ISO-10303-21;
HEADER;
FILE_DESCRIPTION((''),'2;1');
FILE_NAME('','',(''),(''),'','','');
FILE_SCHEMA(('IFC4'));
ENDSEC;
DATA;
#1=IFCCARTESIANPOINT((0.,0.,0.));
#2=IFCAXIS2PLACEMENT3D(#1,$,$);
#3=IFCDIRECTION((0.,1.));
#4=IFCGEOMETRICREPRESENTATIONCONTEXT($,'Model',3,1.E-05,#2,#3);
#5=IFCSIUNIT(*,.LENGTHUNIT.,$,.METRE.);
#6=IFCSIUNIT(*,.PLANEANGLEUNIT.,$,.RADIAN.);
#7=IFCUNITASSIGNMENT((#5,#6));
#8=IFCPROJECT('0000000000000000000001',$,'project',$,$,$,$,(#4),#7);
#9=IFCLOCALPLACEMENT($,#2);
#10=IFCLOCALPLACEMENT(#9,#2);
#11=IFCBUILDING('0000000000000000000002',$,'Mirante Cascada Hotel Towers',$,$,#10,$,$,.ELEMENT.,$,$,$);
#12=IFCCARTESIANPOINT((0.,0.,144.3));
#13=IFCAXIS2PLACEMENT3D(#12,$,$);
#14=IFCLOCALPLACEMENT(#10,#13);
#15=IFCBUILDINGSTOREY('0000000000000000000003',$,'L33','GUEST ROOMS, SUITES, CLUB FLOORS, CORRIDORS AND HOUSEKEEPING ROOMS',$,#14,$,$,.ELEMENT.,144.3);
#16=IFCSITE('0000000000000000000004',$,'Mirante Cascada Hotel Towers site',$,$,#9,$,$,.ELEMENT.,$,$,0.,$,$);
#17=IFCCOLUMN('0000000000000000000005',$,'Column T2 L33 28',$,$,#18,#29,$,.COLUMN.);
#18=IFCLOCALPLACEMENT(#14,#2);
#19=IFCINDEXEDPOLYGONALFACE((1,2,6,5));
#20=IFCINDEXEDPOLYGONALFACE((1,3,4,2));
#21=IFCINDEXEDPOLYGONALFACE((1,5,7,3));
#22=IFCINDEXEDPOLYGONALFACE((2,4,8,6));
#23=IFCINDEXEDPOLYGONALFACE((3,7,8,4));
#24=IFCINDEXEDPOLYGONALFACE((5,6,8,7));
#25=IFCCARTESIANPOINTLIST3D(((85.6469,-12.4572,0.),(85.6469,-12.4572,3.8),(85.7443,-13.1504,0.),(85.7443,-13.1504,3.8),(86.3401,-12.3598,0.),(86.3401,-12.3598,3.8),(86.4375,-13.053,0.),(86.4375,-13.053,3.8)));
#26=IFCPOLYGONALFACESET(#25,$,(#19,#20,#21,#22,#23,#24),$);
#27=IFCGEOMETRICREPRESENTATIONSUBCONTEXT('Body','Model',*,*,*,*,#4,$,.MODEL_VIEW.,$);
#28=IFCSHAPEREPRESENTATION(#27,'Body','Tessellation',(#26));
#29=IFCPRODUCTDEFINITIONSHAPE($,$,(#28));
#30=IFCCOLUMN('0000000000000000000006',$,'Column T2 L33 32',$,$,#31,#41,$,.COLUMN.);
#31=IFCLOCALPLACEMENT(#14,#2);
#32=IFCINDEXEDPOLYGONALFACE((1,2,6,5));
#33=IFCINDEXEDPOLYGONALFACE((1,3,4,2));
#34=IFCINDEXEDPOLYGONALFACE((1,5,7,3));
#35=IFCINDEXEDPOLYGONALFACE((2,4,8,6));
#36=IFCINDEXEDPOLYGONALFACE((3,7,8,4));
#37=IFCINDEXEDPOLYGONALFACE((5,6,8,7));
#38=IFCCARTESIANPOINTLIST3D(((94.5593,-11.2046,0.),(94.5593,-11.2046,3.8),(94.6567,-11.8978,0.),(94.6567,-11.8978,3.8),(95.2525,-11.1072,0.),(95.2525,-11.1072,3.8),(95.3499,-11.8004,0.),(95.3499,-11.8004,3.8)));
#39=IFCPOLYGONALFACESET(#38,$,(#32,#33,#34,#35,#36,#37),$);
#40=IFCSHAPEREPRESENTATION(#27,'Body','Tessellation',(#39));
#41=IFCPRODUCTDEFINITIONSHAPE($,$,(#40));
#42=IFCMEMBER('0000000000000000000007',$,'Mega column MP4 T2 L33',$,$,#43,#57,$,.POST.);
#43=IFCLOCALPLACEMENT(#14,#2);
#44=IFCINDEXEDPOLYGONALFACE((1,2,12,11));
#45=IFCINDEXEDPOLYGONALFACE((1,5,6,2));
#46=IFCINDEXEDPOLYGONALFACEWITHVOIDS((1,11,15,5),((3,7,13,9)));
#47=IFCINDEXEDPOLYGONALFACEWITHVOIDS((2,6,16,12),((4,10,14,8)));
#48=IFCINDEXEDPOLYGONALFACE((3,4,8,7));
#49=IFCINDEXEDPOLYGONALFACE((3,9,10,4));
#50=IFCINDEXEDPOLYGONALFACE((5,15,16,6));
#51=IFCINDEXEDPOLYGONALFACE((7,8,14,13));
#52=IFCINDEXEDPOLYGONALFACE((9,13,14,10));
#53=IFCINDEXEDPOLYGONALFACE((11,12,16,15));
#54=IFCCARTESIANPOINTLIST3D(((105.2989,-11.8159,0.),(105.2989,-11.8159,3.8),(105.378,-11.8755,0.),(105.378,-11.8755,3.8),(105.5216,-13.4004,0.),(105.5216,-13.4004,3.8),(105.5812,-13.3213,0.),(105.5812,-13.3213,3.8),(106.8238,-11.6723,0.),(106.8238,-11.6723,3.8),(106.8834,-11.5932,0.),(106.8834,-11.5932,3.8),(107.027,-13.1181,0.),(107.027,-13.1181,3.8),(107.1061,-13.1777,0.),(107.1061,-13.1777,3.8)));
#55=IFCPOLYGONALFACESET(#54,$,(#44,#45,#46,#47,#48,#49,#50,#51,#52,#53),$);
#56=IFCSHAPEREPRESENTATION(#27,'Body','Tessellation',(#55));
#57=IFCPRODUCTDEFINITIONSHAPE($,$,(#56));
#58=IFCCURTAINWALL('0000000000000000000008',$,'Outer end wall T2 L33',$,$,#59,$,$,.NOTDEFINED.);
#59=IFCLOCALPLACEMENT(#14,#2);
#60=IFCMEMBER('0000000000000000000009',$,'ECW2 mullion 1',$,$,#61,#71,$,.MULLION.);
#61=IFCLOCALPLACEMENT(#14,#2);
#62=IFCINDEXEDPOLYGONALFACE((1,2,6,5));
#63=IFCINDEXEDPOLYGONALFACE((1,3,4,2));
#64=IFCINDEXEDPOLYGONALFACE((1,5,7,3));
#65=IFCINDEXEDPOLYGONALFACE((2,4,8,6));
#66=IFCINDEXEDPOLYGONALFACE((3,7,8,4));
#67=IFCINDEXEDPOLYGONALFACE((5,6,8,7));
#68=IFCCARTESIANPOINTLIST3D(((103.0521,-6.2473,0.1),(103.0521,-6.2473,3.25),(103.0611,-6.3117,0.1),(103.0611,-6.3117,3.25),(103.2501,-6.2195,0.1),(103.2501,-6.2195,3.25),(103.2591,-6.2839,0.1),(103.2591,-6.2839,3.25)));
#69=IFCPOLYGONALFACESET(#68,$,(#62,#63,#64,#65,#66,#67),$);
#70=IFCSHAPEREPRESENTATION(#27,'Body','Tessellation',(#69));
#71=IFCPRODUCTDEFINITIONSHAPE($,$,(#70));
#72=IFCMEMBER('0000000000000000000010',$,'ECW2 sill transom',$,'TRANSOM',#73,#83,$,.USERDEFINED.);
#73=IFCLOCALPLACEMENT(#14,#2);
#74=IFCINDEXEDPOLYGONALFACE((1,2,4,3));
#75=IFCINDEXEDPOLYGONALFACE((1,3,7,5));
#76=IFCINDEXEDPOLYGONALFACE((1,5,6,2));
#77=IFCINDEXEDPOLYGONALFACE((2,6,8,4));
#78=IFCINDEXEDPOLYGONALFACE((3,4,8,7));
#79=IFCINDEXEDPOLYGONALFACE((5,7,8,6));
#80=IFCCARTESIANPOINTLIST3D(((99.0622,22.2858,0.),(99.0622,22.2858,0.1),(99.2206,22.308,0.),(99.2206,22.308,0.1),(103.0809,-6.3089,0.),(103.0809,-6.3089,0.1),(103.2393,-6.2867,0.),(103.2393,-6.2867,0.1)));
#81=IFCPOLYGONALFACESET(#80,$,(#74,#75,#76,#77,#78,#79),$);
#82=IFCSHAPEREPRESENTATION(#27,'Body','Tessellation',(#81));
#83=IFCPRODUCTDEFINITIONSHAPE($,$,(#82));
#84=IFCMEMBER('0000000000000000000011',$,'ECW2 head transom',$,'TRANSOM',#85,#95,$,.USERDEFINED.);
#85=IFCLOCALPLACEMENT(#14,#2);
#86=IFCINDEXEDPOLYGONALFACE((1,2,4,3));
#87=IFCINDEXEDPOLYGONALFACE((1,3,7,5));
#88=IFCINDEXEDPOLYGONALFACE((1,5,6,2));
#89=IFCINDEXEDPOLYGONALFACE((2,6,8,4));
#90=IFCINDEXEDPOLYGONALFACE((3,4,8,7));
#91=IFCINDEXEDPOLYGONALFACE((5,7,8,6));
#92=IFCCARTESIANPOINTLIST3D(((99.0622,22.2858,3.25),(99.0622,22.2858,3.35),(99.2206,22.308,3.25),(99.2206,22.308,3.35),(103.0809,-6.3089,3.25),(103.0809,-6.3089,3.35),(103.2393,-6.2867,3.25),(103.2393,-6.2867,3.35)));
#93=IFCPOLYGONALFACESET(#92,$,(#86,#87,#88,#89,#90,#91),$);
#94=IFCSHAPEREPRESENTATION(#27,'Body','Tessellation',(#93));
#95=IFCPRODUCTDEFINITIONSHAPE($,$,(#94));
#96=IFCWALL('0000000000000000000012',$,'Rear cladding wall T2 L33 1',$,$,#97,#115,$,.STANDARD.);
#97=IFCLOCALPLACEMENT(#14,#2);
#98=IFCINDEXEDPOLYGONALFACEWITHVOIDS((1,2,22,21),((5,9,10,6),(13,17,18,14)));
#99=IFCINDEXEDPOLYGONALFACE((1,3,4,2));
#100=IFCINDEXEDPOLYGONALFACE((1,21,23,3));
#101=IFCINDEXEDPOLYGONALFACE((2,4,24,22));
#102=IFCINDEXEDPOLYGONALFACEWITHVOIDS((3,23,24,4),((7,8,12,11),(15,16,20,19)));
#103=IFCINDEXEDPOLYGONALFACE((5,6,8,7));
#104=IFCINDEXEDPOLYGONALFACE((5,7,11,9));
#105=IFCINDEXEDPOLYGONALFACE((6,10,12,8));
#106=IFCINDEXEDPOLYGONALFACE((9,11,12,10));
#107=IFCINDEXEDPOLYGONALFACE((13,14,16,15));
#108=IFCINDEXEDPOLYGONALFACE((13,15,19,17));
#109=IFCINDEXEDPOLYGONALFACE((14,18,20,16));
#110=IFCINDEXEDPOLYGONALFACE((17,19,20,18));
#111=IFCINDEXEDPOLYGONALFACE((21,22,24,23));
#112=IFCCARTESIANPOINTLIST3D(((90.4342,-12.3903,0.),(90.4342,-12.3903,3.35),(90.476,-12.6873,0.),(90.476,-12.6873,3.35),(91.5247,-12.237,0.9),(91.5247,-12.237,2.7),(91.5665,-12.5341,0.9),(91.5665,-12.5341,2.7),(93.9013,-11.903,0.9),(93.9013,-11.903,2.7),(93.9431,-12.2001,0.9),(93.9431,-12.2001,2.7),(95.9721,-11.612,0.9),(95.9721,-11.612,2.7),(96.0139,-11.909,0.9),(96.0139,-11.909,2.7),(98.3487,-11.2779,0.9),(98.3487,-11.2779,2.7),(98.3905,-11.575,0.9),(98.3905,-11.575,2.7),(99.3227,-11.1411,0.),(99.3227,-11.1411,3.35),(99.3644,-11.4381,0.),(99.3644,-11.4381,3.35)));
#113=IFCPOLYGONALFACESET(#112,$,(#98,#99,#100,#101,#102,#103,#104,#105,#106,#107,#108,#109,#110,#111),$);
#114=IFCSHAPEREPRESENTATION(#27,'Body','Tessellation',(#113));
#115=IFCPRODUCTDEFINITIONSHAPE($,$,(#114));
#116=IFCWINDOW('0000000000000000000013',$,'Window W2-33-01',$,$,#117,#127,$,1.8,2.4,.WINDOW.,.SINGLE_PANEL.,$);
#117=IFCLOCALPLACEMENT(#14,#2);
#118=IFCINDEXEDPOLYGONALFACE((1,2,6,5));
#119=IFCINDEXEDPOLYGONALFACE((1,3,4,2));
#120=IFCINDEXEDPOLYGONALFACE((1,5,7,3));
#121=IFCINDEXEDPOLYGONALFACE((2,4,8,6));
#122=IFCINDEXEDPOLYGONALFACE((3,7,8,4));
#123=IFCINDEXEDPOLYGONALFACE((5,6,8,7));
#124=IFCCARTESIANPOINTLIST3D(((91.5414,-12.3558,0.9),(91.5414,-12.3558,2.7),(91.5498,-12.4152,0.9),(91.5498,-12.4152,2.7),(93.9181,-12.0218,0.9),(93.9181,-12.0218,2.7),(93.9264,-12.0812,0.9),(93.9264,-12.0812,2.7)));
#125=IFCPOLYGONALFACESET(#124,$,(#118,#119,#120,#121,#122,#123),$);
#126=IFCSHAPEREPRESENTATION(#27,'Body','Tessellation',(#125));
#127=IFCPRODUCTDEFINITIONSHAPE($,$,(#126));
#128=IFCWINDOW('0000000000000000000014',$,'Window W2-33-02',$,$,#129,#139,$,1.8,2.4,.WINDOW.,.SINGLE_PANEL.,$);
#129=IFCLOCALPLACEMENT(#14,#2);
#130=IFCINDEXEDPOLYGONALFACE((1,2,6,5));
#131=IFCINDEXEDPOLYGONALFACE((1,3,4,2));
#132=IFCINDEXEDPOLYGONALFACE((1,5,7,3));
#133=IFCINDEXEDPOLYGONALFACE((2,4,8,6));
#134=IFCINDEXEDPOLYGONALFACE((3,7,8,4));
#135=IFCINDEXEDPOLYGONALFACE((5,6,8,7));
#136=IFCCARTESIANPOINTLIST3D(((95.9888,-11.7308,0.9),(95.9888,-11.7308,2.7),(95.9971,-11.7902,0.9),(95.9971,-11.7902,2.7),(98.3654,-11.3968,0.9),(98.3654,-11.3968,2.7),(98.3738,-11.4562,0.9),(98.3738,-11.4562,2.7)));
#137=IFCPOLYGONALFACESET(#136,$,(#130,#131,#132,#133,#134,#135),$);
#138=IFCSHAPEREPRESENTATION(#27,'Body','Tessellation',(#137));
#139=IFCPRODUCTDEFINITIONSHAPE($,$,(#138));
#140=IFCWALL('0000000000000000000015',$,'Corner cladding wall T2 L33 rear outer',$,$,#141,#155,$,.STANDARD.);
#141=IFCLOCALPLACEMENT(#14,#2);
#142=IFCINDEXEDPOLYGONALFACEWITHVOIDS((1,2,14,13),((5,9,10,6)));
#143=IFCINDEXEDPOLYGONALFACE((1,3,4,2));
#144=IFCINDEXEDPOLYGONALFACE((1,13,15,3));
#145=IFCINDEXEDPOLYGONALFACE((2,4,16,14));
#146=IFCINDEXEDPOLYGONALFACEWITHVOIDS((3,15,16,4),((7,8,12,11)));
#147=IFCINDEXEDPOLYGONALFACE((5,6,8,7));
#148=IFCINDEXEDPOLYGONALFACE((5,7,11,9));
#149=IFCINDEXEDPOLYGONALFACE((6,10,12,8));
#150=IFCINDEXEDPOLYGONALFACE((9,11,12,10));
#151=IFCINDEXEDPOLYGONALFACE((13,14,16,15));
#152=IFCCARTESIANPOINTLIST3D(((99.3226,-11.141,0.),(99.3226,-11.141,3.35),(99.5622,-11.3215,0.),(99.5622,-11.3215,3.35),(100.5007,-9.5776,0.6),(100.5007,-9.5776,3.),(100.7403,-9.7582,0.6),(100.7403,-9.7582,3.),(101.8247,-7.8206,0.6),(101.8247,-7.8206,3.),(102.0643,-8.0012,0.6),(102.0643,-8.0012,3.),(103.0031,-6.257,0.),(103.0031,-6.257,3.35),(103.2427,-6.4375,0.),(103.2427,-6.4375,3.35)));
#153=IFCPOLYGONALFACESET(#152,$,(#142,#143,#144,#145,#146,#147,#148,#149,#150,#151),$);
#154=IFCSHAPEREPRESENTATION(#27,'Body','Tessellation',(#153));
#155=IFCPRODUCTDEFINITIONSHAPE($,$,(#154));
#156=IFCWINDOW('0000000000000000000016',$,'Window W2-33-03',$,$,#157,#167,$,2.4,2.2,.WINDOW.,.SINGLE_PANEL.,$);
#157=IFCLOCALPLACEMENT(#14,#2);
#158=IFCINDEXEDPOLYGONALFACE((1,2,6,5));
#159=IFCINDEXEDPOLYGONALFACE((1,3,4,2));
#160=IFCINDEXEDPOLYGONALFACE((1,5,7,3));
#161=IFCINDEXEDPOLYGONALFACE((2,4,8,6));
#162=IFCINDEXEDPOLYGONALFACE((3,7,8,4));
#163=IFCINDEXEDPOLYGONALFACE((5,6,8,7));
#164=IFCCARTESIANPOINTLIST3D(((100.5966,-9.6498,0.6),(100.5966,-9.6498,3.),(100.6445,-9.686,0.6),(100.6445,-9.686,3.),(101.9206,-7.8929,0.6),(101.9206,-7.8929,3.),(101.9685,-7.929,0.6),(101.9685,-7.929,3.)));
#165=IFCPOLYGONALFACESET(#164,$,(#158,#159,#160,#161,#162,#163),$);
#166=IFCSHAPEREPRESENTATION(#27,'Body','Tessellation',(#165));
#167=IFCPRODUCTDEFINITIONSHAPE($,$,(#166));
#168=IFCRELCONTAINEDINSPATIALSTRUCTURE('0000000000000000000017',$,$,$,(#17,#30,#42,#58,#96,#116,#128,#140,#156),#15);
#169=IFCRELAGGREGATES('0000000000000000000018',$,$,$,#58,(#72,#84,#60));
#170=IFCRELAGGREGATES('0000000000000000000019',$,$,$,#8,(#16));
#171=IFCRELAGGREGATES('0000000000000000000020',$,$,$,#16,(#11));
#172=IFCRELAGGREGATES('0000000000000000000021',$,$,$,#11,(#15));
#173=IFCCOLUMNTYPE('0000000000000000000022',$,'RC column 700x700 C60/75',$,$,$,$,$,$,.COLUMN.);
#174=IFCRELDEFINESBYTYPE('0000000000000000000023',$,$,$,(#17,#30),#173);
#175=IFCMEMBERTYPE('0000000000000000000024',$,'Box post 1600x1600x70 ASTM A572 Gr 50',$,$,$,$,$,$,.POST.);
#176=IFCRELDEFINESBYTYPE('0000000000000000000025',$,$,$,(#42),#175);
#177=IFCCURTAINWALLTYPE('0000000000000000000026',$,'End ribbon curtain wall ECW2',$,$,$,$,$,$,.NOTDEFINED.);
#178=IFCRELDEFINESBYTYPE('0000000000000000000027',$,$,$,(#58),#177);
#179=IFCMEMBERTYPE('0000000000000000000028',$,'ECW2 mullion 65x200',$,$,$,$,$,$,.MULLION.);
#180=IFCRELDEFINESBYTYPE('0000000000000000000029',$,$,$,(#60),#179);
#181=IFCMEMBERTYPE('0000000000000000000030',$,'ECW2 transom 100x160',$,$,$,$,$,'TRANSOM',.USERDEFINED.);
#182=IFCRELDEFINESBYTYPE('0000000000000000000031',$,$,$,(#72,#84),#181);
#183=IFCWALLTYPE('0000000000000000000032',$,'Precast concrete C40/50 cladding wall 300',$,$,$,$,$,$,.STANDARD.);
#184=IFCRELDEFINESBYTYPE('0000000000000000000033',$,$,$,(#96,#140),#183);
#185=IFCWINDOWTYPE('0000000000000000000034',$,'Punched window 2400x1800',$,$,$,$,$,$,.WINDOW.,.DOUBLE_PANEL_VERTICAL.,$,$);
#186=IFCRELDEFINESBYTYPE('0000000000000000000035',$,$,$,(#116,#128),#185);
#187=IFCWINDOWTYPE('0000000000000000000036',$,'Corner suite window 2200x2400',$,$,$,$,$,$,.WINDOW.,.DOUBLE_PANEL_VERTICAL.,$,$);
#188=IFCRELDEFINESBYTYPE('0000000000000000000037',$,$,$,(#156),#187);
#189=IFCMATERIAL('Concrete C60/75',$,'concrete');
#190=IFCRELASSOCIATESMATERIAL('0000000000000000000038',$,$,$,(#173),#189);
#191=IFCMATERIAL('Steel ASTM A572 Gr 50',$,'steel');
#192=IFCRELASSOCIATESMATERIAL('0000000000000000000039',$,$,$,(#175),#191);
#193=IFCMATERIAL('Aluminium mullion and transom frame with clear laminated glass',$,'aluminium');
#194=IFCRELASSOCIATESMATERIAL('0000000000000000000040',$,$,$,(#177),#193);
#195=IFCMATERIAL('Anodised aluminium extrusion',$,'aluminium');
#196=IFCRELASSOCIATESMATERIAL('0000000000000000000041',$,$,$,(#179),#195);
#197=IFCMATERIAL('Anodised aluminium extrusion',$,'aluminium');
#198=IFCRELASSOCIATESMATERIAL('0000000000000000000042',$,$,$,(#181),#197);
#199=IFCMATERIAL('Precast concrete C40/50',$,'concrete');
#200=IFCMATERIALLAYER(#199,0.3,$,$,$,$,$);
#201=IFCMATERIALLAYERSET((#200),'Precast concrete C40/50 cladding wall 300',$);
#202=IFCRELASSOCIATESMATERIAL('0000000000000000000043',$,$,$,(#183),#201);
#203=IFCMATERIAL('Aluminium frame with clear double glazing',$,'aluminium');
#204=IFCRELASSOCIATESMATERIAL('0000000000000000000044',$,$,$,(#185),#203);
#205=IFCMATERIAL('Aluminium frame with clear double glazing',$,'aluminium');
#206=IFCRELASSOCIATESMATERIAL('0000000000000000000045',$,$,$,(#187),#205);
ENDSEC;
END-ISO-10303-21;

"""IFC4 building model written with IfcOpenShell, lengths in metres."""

from ifc_helpers import new_model, si_unit, direction, frame, frame_2d, origin, origin_2d, place, context, subcontext, project, spatial, rectangle, hollow_rectangle, extrude, material, layer, layer_set, material_profile, profile_set, type_object, element, fill, aggregate, save


model = new_model("IFC4")

# Units and contexts
model_context = context("Model", 3, precision=1e-05, world=origin(), true_north=direction((0.0, 1.0)))
body_context = subcontext(model_context, "Body", "Model", "MODEL_VIEW")
ifc_project = project(units=[si_unit("LENGTHUNIT", "METRE"), si_unit("PLANEANGLEUNIT", "RADIAN")], contexts=[model_context])

# Site, building, storey
site_placement = place(None, origin())
site = spatial("IfcSite", under=ifc_project, at=site_placement, Name="Mirante Cascada Hotel Towers site", CompositionType="ELEMENT", RefElevation=0.0)
building_placement = place(site_placement, origin())
building = spatial("IfcBuilding", under=site, at=building_placement, Name="Mirante Cascada Hotel Towers", CompositionType="ELEMENT")
storey_placement = place(building_placement, frame((0.0, 0.0, 144.3)))
storey = spatial("IfcBuildingStorey", under=building, at=storey_placement, Name="L33", Description="GUEST ROOMS, SUITES, CLUB FLOORS, CORRIDORS AND HOUSEKEEPING ROOMS", CompositionType="ELEMENT", Elevation=144.3)

# Columns
ifc_material_1 = material(Name="Concrete C60/75", Category="concrete")
ifc_material_profile_1 = material_profile(ifc_material_1, rectangle(XDim=0.7, YDim=0.7, at=origin_2d()), Name="RC column 700x700 C60/75")
ifc_profile_set_1 = profile_set([ifc_material_profile_1], Name="Concrete C60/75")
column_type = type_object("IfcColumnType", Name="RC column 700x700 C60/75", PredefinedType="COLUMN", material=ifc_profile_set_1)
for number, where, z_axis, x_axis, name in (
    (1, (86.0422, -12.7551, 0.0), (0.0, 0.0, 1.0), (0.990268, 0.139173, 0.0), "Column T2 L33 28"),
    (2, (94.9546, -11.5025, 0.0), (0.0, 0.0, 1.0), (0.990268, 0.139173, 0.0), "Column T2 L33 32"),
):
    element("IfcColumn", number, at=place(storey_placement, frame(where, z_axis=z_axis, x_axis=x_axis)), inside=storey, type_object=column_type, Name=name, PredefinedType="COLUMN", context=body_context, shape_type="SweptSolid", body=[
        extrude(rectangle(XDim=0.7, YDim=0.7, at=origin_2d()), origin(), (0.0, 0.0, 1.0), 3.8),
    ])

# Member
ifc_material_2 = material(Name="Steel ASTM A572 Gr 50", Category="steel")
ifc_material_profile_2 = material_profile(ifc_material_2, hollow_rectangle(XDim=1.6, YDim=1.6, WallThickness=0.07, at=origin_2d()), Name="Box post 1600x1600x70 ASTM A572 Gr 50")
ifc_profile_set_2 = profile_set([ifc_material_profile_2], Name="Steel ASTM A572 Gr 50")
member_type_1 = type_object("IfcMemberType", Name="Box post 1600x1600x70 ASTM A572 Gr 50", PredefinedType="POST", material=ifc_profile_set_2)
member_1_placement = place(storey_placement, frame((106.2025, -12.4968, 0.0), z_axis=(0.0, 0.0, 1.0), x_axis=(0.990268, 0.139173, 0.0)))
element("IfcMember", 3, at=member_1_placement, inside=storey, type_object=member_type_1, Name="Mega column MP4 T2 L33", PredefinedType="POST", context=body_context, shape_type="SweptSolid", body=[
    extrude(hollow_rectangle(XDim=1.6, YDim=1.6, WallThickness=0.07, at=origin_2d()), origin(), (0.0, 0.0, 1.0), 3.8),
])

# Curtain wall, members
ifc_material_3 = material(Name="Aluminium mullion and transom frame with clear laminated glass", Category="aluminium")
curtain_wall_type = type_object("IfcCurtainWallType", Name="End ribbon curtain wall ECW2", PredefinedType="NOTDEFINED", material=ifc_material_3)
curtain_wall_placement = place(storey_placement, origin())
curtain_wall = element("IfcCurtainWall", 4, at=curtain_wall_placement, inside=storey, type_object=curtain_wall_type, Name="Outer end wall T2 L33", PredefinedType="NOTDEFINED")
ifc_material_4 = material(Name="Anodised aluminium extrusion", Category="aluminium")
ifc_material_profile_3 = material_profile(ifc_material_4, rectangle(XDim=0.2, YDim=0.065, at=origin_2d()), Name="ECW2 MULLION 65x200")
ifc_profile_set_3 = profile_set([ifc_material_profile_3], Name="Anodised aluminium extrusion")
member_type_2 = type_object("IfcMemberType", Name="ECW2 mullion 65x200", PredefinedType="MULLION", material=ifc_profile_set_3)
member_2_placement = place(storey_placement, frame((103.1556, -6.2656, 0.1), z_axis=(0.0, 0.0, 1.0), x_axis=(-0.990268, -0.139173, 0.0)))
member_2 = element("IfcMember", 5, at=member_2_placement, type_object=member_type_2, Name="ECW2 mullion 1", PredefinedType="MULLION", context=body_context, shape_type="SweptSolid", body=[
    extrude(rectangle(XDim=0.2, YDim=0.065, at=origin_2d()), origin(), (0.0, 0.0, 1.0), 3.15),
])
ifc_material_5 = material(Name="Anodised aluminium extrusion", Category="aluminium")
ifc_material_profile_4 = material_profile(ifc_material_5, rectangle(XDim=0.16, YDim=0.1, at=origin_2d()), Name="ECW2 TRANSOM 100x160")
ifc_profile_set_4 = profile_set([ifc_material_profile_4], Name="Anodised aluminium extrusion")
member_type_3 = type_object("IfcMemberType", Name="ECW2 transom 100x160", ElementType="TRANSOM", PredefinedType="USERDEFINED", material=ifc_profile_set_4)
member_3_placement = place(storey_placement, frame((103.1601, -6.2978, 0.05), z_axis=(-0.139172, 0.990268, 0.0), x_axis=(-0.990268, -0.139172, 0.0)))
member_3 = element("IfcMember", 6, at=member_3_placement, type_object=member_type_3, Name="ECW2 sill transom", ObjectType="TRANSOM", PredefinedType="USERDEFINED", context=body_context, shape_type="SweptSolid", body=[
    extrude(rectangle(XDim=0.16, YDim=0.1, at=origin_2d()), origin(), (0.0, 0.0, 1.0), 28.8757),
])
member_4_placement = place(storey_placement, frame((103.1601, -6.2978, 3.3), z_axis=(-0.139172, 0.990268, 0.0), x_axis=(-0.990268, -0.139172, 0.0)))
member_4 = element("IfcMember", 7, at=member_4_placement, type_object=member_type_3, Name="ECW2 head transom", ObjectType="TRANSOM", PredefinedType="USERDEFINED", context=body_context, shape_type="SweptSolid", body=[
    extrude(rectangle(XDim=0.16, YDim=0.1, at=origin_2d()), origin(), (0.0, 0.0, 1.0), 28.8757),
])
aggregate(curtain_wall, [member_3, member_4, member_2])

# Wall, openings, windows
ifc_material_6 = material(Name="Precast concrete C40/50", Category="concrete")
ifc_layer_1 = layer(ifc_material_6, 0.3)
ifc_layer_set_1 = layer_set([ifc_layer_1], Name="Precast concrete C40/50 cladding wall 300")
wall_type_1 = type_object("IfcWallType", Name="Precast concrete C40/50 cladding wall 300", PredefinedType="STANDARD", material=ifc_layer_set_1)
wall_1_placement = place(storey_placement, frame((90.4551, -12.5388, 0.0), z_axis=(0.0, 0.0, 1.0), x_axis=(0.990268, 0.139175, 0.0)))
wall_1 = element("IfcWall", 8, at=wall_1_placement, inside=storey, type_object=wall_type_1, Name="Rear cladding wall T2 L33 1", PredefinedType="STANDARD", context=body_context, shape_type="SweptSolid", body=[
    extrude(rectangle(XDim=8.9758, YDim=0.3, at=frame_2d((4.4879, 0.0))), origin(), (0.0, 0.0, 1.0), 3.35),
])
opening_1_placement = place(wall_1_placement, frame((1.1012, 0.0, 0.9)))
opening_1 = element("IfcOpeningElement", 9, at=opening_1_placement, cuts=wall_1, PredefinedType="OPENING", context=body_context, shape_type="SweptSolid", body=[
    extrude(rectangle(XDim=2.4, YDim=1.8, at=frame_2d((1.2, 0.9))), frame((0.0, 0.15, 0.0), z_axis=(0.0, -1.0, 0.0), x_axis=(1.0, 0.0, 0.0)), (0.0, 0.0, 1.0), 0.3),
])
opening_2_placement = place(wall_1_placement, frame((5.5923, 0.0, 0.9)))
opening_2 = element("IfcOpeningElement", 10, at=opening_2_placement, cuts=wall_1, PredefinedType="OPENING", context=body_context, shape_type="SweptSolid", body=[
    extrude(rectangle(XDim=2.4, YDim=1.8, at=frame_2d((1.2, 0.9))), frame((0.0, 0.15, 0.0), z_axis=(0.0, -1.0, 0.0), x_axis=(1.0, 0.0, 0.0)), (0.0, 0.0, 1.0), 0.3),
])
ifc_material_7 = material(Name="Aluminium frame with clear double glazing", Category="aluminium")
window_type_1 = type_object("IfcWindowType", Name="Punched window 2400x1800", PartitioningType="DOUBLE_PANEL_VERTICAL", PredefinedType="WINDOW", material=ifc_material_7)
window_1_placement = place(opening_1_placement, origin())
window_1 = element("IfcWindow", 11, at=window_1_placement, inside=storey, type_object=window_type_1, Name="Window W2-33-01", OverallHeight=1.8, OverallWidth=2.4, PartitioningType="SINGLE_PANEL", PredefinedType="WINDOW", context=body_context, shape_type="SweptSolid", body=[
    extrude(rectangle(XDim=2.4, YDim=1.8, at=frame_2d((1.2, 0.9))), frame((0.0, 0.03, 0.0), z_axis=(0.0, -1.0, 0.0), x_axis=(1.0, 0.0, 0.0)), (0.0, 0.0, 1.0), 0.06),
])
fill(opening_1, window_1)
window_2_placement = place(opening_2_placement, origin())
window_2 = element("IfcWindow", 12, at=window_2_placement, inside=storey, type_object=window_type_1, Name="Window W2-33-02", OverallHeight=1.8, OverallWidth=2.4, PartitioningType="SINGLE_PANEL", PredefinedType="WINDOW", context=body_context, shape_type="SweptSolid", body=[
    extrude(rectangle(XDim=2.4, YDim=1.8, at=frame_2d((1.2, 0.9))), frame((0.0, 0.03, 0.0), z_axis=(0.0, -1.0, 0.0), x_axis=(1.0, 0.0, 0.0)), (0.0, 0.0, 1.0), 0.06),
])
fill(opening_2, window_2)

# Wall, opening, window
wall_2_placement = place(storey_placement, frame((99.4424, -11.2313, 0.0), z_axis=(0.0, 0.0, 1.0), x_axis=(0.601819, 0.798632, 0.0)))
wall_2 = element("IfcWall", 13, at=wall_2_placement, inside=storey, type_object=wall_type_1, Name="Corner cladding wall T2 L33 rear outer", PredefinedType="STANDARD", context=body_context, shape_type="SweptSolid", body=[
    extrude(rectangle(XDim=6.1155, YDim=0.3, at=frame_2d((3.0578, 0.0))), origin(), (0.0, 0.0, 1.0), 3.35),
])
opening_3_placement = place(wall_2_placement, frame((1.9576, 0.0, 0.6)))
opening_3 = element("IfcOpeningElement", 14, at=opening_3_placement, cuts=wall_2, PredefinedType="OPENING", context=body_context, shape_type="SweptSolid", body=[
    extrude(rectangle(XDim=2.2, YDim=2.4, at=frame_2d((1.1, 1.2))), frame((0.0, 0.15, 0.0), z_axis=(0.0, -1.0, 0.0), x_axis=(1.0, 0.0, 0.0)), (0.0, 0.0, 1.0), 0.3),
])
ifc_material_8 = material(Name="Aluminium frame with clear double glazing", Category="aluminium")
window_type_2 = type_object("IfcWindowType", Name="Corner suite window 2200x2400", PartitioningType="DOUBLE_PANEL_VERTICAL", PredefinedType="WINDOW", material=ifc_material_8)
window_3_placement = place(opening_3_placement, origin())
window_3 = element("IfcWindow", 15, at=window_3_placement, inside=storey, type_object=window_type_2, Name="Window W2-33-03", OverallHeight=2.4, OverallWidth=2.2, PartitioningType="SINGLE_PANEL", PredefinedType="WINDOW", context=body_context, shape_type="SweptSolid", body=[
    extrude(rectangle(XDim=2.2, YDim=2.4, at=frame_2d((1.1, 1.2))), frame((0.0, 0.03, 0.0), z_axis=(0.0, -1.0, 0.0), x_axis=(1.0, 0.0, 0.0)), (0.0, 0.0, 1.0), 0.06),
])
fill(opening_3, window_3)

save(model, "model.ifc")
